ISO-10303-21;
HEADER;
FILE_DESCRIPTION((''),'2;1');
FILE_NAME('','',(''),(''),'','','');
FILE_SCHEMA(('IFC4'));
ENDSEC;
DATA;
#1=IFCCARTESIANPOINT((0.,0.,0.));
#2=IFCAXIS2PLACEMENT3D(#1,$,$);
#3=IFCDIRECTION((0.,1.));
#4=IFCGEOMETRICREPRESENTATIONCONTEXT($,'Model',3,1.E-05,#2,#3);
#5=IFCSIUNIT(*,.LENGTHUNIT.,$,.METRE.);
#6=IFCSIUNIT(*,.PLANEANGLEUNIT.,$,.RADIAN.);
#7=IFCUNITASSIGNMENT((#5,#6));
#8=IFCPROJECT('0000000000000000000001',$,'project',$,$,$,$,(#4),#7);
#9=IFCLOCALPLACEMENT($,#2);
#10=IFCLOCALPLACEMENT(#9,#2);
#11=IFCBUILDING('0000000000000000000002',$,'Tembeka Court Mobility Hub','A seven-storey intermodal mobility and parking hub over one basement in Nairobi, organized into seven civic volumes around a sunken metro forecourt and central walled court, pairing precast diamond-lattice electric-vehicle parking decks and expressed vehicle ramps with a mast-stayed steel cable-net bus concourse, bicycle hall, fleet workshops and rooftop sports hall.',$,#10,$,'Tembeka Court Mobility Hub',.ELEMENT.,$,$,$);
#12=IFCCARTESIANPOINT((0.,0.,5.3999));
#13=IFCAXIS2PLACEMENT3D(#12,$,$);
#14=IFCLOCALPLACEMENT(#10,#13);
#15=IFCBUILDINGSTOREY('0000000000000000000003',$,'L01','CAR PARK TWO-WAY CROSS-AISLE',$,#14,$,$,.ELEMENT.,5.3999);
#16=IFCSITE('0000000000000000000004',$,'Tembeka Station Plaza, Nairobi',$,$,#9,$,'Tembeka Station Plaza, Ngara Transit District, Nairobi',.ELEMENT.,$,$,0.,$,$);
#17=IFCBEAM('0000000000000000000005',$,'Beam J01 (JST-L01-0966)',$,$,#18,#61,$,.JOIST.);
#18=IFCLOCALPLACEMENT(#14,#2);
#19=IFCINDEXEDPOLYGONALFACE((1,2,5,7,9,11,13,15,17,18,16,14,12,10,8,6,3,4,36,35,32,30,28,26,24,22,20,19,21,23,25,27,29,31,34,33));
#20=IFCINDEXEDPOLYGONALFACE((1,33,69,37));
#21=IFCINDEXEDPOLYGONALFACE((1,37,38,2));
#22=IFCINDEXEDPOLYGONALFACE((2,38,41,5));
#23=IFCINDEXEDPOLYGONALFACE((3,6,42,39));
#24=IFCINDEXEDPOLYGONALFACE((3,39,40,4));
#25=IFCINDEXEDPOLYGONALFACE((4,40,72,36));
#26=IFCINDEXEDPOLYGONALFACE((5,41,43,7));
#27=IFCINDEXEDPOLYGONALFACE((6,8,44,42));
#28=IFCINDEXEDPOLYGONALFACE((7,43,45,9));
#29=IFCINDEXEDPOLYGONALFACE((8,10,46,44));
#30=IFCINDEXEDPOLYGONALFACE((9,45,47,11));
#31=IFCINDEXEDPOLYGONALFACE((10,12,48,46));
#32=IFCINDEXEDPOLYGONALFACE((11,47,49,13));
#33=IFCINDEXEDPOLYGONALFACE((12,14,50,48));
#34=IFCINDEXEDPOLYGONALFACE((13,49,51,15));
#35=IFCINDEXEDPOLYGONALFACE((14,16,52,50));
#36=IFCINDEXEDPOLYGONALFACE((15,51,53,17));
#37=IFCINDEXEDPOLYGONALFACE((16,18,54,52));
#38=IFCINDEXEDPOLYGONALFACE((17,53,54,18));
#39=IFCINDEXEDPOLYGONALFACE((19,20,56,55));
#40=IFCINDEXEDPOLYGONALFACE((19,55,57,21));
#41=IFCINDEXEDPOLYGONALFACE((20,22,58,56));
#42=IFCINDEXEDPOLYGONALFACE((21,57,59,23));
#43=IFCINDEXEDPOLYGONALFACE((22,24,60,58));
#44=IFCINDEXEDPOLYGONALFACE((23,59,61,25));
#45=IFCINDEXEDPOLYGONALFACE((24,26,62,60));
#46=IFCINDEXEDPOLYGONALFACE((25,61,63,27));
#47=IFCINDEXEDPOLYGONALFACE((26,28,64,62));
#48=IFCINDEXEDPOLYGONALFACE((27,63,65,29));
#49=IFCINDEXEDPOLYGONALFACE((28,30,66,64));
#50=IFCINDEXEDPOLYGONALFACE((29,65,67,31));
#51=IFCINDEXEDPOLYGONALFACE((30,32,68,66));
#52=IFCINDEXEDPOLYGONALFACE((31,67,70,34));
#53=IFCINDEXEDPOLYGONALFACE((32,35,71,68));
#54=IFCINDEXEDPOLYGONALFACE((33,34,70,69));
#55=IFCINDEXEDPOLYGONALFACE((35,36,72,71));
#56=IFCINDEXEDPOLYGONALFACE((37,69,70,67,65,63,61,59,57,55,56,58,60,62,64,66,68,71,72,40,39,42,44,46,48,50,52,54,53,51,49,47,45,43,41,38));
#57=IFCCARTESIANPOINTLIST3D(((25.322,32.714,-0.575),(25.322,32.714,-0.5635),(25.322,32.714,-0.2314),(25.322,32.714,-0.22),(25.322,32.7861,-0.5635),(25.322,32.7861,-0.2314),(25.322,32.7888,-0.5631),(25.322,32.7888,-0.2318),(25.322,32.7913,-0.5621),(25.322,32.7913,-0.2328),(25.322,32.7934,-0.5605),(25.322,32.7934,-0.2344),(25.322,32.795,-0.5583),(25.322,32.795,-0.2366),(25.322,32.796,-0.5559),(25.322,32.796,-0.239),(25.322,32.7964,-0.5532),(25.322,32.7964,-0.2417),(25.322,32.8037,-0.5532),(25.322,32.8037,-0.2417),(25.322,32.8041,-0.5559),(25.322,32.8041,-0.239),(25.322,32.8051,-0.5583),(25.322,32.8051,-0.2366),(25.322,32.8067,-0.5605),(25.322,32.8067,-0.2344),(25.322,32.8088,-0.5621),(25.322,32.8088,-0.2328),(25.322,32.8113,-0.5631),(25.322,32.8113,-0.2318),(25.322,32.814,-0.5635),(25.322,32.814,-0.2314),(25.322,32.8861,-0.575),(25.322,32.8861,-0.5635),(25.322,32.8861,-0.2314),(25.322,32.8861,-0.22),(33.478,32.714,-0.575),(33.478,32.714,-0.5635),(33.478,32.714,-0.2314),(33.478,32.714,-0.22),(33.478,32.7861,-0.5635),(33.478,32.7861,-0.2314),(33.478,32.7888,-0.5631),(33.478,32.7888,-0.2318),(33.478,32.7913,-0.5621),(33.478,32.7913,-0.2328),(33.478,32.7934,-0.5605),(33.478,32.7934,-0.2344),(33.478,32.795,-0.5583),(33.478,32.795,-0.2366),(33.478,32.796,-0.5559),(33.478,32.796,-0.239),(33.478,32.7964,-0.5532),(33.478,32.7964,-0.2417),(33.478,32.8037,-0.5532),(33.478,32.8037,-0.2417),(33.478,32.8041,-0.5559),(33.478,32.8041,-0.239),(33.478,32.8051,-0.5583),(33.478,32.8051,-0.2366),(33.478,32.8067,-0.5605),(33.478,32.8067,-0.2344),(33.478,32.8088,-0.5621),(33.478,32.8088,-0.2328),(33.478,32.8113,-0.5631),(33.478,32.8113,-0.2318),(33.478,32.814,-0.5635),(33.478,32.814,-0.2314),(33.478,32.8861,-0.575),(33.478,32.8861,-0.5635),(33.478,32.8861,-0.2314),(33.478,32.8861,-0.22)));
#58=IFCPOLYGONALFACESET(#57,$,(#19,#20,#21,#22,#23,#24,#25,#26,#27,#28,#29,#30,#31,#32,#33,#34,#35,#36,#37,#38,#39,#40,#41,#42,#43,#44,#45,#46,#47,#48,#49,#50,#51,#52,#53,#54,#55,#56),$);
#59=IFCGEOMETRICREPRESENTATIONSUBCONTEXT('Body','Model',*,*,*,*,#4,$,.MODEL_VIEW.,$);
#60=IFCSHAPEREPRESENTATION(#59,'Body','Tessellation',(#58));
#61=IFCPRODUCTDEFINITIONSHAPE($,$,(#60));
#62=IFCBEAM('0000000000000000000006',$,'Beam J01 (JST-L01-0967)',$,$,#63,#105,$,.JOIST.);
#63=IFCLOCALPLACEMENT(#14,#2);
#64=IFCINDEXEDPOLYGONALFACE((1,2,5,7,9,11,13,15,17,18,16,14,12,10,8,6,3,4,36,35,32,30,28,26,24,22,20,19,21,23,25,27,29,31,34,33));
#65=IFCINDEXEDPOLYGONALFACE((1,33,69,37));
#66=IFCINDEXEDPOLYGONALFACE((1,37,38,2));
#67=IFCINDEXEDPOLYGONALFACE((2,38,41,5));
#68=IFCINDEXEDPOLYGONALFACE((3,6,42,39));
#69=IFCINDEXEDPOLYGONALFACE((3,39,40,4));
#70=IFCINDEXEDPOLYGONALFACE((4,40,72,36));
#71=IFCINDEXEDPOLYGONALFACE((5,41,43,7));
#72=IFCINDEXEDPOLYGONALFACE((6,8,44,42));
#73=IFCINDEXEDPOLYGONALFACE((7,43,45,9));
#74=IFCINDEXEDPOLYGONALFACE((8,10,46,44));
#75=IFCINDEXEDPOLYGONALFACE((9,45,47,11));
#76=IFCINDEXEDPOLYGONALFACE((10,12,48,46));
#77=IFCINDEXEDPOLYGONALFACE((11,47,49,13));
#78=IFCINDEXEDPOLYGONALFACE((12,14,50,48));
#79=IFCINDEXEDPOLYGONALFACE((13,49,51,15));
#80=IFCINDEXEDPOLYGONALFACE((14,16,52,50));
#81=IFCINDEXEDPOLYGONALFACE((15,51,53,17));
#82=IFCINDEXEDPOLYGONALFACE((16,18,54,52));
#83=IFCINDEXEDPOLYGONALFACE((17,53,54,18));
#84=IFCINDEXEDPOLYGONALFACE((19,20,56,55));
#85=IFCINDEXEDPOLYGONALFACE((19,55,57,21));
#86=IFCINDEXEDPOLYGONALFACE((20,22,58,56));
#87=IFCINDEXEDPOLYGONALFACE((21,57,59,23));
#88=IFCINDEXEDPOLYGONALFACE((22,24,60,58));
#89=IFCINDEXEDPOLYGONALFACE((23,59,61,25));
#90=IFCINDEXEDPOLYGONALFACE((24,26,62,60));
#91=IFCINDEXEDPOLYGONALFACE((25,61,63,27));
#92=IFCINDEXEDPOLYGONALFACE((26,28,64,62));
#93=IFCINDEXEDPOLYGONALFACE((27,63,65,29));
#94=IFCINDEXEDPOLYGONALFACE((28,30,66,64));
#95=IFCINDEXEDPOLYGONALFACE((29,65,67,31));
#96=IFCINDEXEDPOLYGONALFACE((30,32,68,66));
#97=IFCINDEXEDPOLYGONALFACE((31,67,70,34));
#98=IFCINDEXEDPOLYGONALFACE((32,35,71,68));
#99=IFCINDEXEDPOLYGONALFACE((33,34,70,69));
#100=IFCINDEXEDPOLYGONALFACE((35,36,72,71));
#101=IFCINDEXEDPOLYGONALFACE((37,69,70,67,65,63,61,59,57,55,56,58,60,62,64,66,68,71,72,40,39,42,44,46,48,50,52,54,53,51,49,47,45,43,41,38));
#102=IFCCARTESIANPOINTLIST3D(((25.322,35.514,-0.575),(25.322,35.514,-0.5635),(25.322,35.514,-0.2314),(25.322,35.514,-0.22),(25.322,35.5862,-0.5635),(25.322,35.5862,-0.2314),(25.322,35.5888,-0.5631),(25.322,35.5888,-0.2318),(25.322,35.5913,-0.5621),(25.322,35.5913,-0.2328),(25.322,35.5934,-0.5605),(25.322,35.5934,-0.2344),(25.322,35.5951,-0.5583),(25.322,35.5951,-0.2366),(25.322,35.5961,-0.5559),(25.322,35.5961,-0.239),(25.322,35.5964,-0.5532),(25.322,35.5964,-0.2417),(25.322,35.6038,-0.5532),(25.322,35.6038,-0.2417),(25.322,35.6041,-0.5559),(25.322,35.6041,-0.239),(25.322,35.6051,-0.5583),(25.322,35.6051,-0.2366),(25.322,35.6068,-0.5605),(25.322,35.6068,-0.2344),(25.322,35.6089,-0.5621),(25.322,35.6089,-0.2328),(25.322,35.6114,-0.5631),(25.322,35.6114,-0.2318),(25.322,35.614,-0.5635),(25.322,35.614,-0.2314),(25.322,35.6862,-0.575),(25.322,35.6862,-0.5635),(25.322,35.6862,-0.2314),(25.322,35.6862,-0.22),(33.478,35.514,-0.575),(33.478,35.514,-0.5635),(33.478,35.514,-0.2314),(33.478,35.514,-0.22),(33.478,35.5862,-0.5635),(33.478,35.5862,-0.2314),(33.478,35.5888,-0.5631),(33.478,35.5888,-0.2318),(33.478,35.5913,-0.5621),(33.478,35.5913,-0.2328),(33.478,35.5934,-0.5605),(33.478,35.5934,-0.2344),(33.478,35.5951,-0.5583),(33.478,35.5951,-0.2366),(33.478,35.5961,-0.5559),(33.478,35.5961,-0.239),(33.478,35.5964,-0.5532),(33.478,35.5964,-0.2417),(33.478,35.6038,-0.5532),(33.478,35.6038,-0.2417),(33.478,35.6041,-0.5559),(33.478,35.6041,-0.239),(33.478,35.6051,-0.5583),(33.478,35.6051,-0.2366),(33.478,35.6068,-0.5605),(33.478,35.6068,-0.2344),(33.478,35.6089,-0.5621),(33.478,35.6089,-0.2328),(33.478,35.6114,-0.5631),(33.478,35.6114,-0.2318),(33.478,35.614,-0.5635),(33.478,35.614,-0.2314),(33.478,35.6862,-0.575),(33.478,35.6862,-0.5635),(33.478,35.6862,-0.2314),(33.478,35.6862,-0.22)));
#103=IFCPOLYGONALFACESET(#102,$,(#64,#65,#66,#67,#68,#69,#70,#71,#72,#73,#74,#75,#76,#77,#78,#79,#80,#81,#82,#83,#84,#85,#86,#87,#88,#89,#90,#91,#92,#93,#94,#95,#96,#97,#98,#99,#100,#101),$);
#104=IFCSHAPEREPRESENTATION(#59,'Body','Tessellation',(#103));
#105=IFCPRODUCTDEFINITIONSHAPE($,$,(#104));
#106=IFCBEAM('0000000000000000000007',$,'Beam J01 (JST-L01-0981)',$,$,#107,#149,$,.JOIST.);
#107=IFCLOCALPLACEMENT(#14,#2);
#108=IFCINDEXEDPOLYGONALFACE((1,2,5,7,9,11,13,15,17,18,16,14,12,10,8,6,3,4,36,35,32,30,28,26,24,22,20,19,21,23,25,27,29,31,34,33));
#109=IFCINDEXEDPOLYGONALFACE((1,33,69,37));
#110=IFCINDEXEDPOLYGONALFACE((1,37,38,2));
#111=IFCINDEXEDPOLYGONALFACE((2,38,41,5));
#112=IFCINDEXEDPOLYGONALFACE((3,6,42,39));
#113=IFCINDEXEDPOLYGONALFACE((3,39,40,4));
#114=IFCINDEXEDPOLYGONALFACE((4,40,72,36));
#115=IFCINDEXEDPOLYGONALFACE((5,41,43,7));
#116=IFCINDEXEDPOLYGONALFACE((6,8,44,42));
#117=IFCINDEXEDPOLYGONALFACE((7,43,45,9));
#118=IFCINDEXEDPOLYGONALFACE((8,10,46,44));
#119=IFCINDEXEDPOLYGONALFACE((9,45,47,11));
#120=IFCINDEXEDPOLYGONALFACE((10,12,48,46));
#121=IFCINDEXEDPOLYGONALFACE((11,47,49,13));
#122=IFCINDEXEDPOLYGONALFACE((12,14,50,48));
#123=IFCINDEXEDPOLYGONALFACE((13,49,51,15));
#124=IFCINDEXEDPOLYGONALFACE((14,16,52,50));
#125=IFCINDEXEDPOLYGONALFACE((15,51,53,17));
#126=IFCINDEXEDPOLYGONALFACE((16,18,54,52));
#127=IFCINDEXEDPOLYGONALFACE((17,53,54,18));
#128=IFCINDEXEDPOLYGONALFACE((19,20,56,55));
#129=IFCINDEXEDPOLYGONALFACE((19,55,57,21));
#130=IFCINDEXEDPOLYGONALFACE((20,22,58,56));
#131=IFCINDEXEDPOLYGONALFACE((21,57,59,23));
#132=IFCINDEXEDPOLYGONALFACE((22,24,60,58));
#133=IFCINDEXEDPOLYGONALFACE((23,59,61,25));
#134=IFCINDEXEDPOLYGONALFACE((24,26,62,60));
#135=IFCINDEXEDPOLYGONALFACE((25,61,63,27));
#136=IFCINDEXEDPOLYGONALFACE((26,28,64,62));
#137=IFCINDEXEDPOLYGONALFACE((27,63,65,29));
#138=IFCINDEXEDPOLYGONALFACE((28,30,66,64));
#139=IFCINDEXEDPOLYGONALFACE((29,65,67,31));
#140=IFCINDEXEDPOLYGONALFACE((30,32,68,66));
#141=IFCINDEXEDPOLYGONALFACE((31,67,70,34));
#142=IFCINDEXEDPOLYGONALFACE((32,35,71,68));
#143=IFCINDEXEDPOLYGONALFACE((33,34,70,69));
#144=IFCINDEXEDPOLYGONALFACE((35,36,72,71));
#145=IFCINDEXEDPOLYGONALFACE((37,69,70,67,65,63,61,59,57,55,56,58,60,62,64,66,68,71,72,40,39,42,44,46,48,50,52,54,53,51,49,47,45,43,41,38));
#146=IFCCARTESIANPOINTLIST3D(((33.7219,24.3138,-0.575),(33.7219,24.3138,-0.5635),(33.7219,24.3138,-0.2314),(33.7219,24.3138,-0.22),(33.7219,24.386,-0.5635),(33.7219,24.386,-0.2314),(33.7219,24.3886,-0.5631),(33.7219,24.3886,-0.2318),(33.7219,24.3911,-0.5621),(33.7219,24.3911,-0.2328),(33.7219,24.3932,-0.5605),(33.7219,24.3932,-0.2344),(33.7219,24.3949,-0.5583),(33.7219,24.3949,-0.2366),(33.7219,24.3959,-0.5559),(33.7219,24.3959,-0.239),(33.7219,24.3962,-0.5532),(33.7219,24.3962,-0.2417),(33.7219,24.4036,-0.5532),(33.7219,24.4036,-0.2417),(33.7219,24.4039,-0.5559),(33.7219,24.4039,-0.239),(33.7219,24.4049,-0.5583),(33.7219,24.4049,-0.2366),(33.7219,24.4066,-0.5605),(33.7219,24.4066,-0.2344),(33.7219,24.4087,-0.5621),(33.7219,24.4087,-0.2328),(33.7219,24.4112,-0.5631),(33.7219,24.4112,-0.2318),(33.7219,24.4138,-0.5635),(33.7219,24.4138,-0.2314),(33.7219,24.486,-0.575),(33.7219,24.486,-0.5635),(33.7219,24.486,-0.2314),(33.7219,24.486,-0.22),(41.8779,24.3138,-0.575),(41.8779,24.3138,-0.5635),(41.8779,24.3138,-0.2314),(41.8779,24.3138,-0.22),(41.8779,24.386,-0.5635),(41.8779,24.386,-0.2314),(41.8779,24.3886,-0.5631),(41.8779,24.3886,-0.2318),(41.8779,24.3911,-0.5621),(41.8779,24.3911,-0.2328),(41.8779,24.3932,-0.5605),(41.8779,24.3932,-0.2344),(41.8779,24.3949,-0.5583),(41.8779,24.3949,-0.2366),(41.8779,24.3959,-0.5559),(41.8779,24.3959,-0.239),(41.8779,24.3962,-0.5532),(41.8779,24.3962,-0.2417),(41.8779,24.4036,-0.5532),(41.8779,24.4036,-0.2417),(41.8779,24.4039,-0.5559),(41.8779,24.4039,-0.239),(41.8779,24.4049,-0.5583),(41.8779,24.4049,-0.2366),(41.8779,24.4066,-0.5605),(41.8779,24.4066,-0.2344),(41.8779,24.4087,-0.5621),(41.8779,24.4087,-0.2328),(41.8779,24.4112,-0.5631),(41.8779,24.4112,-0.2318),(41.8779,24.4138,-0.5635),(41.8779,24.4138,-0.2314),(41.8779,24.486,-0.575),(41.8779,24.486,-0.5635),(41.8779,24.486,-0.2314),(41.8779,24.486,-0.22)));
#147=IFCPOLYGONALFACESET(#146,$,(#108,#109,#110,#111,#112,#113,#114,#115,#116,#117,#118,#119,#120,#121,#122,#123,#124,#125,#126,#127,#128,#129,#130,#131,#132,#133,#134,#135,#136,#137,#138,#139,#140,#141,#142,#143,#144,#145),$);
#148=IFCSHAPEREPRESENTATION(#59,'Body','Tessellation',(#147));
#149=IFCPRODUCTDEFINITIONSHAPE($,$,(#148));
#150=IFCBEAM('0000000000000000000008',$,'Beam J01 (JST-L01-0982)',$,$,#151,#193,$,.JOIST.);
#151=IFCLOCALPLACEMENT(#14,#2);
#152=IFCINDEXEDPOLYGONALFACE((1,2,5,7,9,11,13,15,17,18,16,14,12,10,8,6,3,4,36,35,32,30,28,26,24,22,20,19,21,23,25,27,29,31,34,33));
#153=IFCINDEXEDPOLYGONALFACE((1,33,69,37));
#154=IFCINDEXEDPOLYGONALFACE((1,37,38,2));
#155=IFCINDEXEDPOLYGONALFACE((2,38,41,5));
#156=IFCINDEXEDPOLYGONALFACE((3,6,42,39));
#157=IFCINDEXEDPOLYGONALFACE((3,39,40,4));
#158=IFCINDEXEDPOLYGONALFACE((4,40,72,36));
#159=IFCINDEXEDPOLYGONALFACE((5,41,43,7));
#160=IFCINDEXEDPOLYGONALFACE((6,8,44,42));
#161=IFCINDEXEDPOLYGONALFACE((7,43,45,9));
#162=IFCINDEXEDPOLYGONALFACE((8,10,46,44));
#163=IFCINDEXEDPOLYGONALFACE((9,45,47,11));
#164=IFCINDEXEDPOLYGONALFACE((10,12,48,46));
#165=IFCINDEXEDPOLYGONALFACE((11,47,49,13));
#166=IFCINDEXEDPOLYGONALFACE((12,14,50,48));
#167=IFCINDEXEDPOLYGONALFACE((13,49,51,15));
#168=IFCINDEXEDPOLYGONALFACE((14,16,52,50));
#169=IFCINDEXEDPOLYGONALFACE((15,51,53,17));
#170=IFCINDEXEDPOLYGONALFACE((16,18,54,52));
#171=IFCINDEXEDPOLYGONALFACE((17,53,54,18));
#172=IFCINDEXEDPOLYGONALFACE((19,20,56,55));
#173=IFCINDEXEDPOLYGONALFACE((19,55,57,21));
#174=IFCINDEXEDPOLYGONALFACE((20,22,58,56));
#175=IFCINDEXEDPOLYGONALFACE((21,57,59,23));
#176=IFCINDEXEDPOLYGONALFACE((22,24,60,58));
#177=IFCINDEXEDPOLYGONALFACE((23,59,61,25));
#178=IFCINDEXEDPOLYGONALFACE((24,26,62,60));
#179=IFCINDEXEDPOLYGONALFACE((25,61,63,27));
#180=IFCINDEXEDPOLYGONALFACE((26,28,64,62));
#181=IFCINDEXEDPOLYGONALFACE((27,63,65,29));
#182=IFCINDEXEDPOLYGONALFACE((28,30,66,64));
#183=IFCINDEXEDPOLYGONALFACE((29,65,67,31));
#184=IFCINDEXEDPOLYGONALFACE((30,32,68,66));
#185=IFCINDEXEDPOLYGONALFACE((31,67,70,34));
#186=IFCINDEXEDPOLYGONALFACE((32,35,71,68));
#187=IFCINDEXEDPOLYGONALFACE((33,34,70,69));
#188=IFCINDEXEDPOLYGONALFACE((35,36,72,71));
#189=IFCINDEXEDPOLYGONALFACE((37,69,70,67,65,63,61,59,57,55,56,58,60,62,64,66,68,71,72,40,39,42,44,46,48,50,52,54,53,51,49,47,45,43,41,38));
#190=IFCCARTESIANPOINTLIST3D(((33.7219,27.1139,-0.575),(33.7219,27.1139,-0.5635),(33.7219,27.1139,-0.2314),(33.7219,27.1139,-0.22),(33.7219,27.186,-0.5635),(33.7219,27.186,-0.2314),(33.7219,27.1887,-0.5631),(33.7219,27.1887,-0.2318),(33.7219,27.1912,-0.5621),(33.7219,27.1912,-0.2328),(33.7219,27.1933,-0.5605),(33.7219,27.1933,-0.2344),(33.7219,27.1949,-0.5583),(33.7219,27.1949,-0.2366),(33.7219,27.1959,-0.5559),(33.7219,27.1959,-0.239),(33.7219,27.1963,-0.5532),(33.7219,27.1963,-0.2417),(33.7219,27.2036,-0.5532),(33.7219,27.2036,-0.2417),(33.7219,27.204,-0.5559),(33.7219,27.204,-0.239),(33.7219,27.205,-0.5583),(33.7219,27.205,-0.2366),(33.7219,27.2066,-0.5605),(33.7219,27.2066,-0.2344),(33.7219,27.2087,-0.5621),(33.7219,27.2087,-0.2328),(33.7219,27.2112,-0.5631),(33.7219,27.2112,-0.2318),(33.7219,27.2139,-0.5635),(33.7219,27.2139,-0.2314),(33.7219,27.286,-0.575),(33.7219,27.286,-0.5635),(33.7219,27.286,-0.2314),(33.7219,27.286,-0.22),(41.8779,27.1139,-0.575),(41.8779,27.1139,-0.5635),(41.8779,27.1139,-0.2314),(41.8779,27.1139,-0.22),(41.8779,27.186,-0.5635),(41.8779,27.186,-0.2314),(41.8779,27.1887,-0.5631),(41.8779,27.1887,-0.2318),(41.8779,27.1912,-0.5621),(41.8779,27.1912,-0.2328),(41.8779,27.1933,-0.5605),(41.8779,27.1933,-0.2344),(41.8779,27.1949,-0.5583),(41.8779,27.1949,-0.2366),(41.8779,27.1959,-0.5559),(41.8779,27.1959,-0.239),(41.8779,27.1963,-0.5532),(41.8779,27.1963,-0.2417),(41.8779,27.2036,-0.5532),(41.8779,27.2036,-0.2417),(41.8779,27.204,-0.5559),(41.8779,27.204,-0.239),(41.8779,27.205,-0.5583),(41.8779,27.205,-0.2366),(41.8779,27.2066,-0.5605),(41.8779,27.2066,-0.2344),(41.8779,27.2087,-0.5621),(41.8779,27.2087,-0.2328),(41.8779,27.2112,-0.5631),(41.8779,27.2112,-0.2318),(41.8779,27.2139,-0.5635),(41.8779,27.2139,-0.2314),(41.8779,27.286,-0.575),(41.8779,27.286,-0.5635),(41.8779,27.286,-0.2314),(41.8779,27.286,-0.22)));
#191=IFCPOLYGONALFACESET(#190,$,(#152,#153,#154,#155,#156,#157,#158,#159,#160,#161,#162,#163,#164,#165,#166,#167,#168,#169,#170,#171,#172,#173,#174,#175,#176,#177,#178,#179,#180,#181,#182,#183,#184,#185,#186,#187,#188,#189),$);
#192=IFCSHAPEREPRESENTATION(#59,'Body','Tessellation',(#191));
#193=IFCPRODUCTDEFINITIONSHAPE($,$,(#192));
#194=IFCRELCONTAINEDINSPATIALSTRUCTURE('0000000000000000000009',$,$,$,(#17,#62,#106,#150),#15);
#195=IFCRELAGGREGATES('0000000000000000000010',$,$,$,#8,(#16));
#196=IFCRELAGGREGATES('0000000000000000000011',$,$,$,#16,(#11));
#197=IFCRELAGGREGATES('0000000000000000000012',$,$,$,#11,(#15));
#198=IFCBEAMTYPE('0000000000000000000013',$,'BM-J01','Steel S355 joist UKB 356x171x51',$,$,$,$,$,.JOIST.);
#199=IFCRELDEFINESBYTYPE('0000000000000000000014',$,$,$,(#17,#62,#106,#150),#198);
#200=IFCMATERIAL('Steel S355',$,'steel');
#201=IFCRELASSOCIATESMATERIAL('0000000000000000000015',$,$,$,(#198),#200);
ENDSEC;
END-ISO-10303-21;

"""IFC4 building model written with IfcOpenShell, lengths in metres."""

from ifc_helpers import new_model, si_unit, direction, frame, origin, origin_2d, place, context, subcontext, project, spatial, i_section, extrude, material, material_profile, profile_set, type_object, element, save


model = new_model("IFC4")

# Units and contexts
model_context = context("Model", 3, precision=1e-05, world=origin(), true_north=direction((0.0, 1.0)))
body_context = subcontext(model_context, "Body", "Model", "MODEL_VIEW")
ifc_project = project(units=[si_unit("LENGTHUNIT", "METRE"), si_unit("PLANEANGLEUNIT", "RADIAN")], contexts=[model_context])

# Site, building, storey
site_placement = place(None, origin())
site = spatial("IfcSite", under=ifc_project, at=site_placement, Name="Tembeka Station Plaza, Nairobi", LongName="Tembeka Station Plaza, Ngara Transit District, Nairobi", CompositionType="ELEMENT", RefElevation=0.0)
building_placement = place(site_placement, origin())
building = spatial("IfcBuilding", under=site, at=building_placement, Name="Tembeka Court Mobility Hub", Description="A seven-storey intermodal mobility and parking hub over one basement in Nairobi, organized into seven civic volumes around a sunken metro forecourt and central walled court, pairing precast diamond-lattice electric-vehicle parking decks and expressed vehicle ramps with a mast-stayed steel cable-net bus concourse, bicycle hall, fleet workshops and rooftop sports hall.", LongName="Tembeka Court Mobility Hub", CompositionType="ELEMENT")
storey_placement = place(building_placement, frame((0.0, 0.0, 5.3999)))
storey = spatial("IfcBuildingStorey", under=building, at=storey_placement, Name="L01", Description="CAR PARK TWO-WAY CROSS-AISLE", CompositionType="ELEMENT", Elevation=5.3999)

# Shared definitions
ifc_material_1 = material(Name="Steel S355", Category="steel")

# Beams
ifc_material_profile_1 = material_profile(ifc_material_1, i_section(OverallWidth=0.1721, OverallDepth=0.355, WebThickness=0.0073, FlangeThickness=0.0115, FilletRadius=0.0103, at=origin_2d()), Name="UKB 356x171x51")
ifc_profile_set_1 = profile_set([ifc_material_profile_1], Name="Steel S355")
beam_type_1 = type_object("IfcBeamType", Name="BM-J01", Description="Steel S355 joist UKB 356x171x51", PredefinedType="JOIST", material=ifc_profile_set_1)
for number, where, z_axis, x_axis, name in (
    (1, (25.322, 32.8, -0.3975), (1.0, 0.0, 0.0), (0.0, 1.0, 0.0), "Beam J01 (JST-L01-0966)"),
    (2, (25.322, 35.6001, -0.3975), (1.0, 0.0, 0.0), (0.0, 1.0, 0.0), "Beam J01 (JST-L01-0967)"),
    (3, (33.7219, 24.3999, -0.3975), (1.0, 0.0, 0.0), (0.0, 1.0, 0.0), "Beam J01 (JST-L01-0981)"),
    (4, (33.7219, 27.2, -0.3975), (1.0, 0.0, 0.0), (0.0, 1.0, 0.0), "Beam J01 (JST-L01-0982)"),
):
    element("IfcBeam", number, at=place(storey_placement, frame(where, z_axis=z_axis, x_axis=x_axis)), inside=storey, type_object=beam_type_1, Name=name, PredefinedType="JOIST", context=body_context, shape_type="SweptSolid", body=[
        extrude(i_section(OverallWidth=0.1721, OverallDepth=0.355, WebThickness=0.0073, FlangeThickness=0.0115, FilletRadius=0.0103, at=origin_2d()), origin(), (0.0, 0.0, 1.0), 8.156),
    ])

save(model, "model.ifc")
